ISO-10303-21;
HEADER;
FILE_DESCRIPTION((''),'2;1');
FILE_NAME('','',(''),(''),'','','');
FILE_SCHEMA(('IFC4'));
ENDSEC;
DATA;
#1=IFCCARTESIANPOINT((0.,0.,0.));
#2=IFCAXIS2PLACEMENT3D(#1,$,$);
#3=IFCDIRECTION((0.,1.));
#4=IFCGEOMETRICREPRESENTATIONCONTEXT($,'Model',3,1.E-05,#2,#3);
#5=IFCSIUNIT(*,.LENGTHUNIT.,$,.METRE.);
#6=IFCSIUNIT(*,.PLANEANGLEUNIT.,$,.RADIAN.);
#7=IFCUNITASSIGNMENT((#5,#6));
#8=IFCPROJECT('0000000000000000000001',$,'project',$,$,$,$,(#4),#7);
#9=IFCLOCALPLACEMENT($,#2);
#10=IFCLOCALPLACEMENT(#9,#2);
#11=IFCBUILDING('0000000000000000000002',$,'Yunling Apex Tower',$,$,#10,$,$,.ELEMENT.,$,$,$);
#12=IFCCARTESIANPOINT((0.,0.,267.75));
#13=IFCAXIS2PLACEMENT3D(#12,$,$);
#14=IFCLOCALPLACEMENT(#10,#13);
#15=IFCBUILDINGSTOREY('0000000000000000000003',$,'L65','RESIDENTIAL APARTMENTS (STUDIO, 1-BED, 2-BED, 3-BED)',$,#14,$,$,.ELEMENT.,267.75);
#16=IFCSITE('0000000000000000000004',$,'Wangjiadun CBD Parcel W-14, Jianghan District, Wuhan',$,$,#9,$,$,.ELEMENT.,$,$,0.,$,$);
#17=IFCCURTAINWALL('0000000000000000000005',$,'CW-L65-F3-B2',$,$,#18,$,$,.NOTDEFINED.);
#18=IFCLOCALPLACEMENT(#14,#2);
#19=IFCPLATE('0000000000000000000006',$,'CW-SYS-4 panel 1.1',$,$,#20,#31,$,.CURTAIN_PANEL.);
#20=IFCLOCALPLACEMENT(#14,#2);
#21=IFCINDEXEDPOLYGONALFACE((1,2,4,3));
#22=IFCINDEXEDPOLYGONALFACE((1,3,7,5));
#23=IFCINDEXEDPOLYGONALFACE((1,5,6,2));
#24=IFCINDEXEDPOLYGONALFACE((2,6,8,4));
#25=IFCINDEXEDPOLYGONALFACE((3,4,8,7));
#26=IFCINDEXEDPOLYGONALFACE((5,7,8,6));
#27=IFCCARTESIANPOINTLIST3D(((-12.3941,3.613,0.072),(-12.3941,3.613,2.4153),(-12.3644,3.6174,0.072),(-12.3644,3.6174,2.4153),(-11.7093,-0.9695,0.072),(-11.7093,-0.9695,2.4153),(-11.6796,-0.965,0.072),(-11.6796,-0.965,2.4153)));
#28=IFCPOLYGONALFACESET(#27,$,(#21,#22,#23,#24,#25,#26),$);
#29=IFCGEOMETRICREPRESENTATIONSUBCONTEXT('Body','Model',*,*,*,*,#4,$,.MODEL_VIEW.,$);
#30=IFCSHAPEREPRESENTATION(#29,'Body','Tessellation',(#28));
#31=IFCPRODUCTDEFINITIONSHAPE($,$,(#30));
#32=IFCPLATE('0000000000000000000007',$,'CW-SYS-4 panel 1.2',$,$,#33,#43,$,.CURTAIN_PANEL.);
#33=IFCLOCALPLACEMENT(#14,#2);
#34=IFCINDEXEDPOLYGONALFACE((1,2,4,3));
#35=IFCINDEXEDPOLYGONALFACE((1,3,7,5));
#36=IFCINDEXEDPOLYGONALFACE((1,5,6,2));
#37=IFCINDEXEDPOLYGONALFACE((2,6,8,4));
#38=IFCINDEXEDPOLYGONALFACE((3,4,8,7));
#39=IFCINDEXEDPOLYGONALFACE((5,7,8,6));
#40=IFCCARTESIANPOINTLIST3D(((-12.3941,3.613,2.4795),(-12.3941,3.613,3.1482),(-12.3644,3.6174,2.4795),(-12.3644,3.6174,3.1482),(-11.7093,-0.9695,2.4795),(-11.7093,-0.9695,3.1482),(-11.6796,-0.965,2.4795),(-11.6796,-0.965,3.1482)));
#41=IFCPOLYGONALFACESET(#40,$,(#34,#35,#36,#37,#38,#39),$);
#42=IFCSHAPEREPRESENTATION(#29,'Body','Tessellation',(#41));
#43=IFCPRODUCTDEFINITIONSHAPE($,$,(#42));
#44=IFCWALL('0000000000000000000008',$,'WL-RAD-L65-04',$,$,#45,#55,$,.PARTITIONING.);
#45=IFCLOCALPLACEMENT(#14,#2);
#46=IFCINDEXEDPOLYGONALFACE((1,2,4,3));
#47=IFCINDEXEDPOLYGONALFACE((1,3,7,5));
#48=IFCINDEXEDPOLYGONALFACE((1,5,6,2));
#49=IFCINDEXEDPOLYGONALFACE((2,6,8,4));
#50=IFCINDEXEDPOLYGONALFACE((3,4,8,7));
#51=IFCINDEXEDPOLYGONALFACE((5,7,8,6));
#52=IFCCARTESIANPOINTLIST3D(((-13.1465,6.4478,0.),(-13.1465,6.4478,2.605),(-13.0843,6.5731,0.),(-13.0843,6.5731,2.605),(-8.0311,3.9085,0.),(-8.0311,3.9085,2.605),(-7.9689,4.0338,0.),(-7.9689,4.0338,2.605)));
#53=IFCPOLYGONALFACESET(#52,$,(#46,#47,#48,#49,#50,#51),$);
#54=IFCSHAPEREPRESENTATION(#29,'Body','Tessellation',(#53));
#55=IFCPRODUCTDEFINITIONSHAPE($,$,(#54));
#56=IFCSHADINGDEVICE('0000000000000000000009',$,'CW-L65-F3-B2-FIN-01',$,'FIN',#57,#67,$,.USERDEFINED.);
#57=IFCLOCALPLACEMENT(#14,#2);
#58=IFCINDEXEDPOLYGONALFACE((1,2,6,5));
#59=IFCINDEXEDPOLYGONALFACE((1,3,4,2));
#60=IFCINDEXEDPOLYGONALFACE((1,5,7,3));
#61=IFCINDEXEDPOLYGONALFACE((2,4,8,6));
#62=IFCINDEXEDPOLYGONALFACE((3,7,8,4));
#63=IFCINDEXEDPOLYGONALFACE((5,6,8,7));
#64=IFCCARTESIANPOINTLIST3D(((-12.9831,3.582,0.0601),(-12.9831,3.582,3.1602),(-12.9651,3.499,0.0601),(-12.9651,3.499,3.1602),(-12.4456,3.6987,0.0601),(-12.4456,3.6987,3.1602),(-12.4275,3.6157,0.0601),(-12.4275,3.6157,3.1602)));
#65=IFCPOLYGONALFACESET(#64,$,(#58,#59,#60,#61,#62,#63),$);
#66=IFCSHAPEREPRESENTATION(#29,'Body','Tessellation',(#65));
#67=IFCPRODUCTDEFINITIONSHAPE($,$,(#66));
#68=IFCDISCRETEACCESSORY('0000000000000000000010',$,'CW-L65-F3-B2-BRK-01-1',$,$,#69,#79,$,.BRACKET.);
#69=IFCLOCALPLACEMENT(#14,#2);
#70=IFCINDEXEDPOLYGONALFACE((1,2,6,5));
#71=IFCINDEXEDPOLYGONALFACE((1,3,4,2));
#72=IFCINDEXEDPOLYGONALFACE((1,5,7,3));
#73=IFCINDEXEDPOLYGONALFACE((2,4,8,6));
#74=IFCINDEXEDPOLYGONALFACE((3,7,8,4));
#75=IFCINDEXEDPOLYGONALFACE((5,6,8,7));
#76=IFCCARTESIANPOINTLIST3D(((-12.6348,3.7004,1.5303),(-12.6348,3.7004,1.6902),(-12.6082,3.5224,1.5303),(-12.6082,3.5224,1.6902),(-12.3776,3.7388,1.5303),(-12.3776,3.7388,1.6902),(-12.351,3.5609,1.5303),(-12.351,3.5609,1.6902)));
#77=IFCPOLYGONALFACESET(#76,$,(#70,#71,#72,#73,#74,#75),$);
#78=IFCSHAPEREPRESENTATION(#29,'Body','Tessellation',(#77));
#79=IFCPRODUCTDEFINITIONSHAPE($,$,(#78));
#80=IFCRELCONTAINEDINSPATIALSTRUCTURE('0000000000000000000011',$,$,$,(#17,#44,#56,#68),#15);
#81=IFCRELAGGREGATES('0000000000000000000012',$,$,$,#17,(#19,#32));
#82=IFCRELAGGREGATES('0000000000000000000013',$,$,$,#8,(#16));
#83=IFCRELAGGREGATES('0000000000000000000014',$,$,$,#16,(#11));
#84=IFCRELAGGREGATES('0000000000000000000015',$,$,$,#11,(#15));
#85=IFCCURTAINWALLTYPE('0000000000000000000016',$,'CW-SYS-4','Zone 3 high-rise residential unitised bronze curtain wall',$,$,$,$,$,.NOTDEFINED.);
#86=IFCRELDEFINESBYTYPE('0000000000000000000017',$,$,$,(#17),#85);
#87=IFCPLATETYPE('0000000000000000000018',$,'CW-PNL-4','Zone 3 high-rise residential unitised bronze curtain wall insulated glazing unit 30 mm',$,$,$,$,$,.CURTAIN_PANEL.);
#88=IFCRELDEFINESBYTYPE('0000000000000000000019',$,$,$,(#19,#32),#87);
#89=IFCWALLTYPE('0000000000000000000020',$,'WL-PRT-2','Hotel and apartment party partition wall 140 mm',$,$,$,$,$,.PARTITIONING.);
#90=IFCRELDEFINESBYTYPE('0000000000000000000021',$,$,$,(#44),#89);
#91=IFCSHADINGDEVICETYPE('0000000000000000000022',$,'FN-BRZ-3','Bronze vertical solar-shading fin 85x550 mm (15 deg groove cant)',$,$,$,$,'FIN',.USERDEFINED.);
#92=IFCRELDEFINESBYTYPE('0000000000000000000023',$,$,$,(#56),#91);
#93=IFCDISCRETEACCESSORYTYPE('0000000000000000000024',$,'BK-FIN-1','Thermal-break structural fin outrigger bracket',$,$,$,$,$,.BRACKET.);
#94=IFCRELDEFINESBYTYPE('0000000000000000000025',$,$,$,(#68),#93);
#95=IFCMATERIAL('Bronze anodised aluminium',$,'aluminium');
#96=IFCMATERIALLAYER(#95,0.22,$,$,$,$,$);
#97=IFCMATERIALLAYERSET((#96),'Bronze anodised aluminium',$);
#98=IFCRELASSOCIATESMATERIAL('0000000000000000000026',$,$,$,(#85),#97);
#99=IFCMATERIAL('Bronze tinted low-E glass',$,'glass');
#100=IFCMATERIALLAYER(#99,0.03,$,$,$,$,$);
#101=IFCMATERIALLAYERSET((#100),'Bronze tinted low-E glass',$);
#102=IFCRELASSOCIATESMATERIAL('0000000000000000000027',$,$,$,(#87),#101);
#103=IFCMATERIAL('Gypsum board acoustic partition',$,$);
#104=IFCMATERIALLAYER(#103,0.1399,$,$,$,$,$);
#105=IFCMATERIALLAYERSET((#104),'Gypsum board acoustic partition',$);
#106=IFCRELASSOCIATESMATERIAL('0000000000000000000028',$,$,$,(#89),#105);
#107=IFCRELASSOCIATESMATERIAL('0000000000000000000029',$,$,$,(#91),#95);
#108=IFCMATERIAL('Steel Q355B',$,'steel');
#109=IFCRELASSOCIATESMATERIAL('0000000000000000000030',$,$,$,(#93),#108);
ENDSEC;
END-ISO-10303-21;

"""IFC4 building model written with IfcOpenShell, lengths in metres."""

from ifc_helpers import new_model, si_unit, direction, frame, frame_2d, origin, origin_2d, place, context, subcontext, project, spatial, rectangle, extrude, source, transform, mapped, material, layer, layer_set, material_profile, profile_set, type_object, element, aggregate, save


model = new_model("IFC4")

# Units and contexts
model_context = context("Model", 3, precision=1e-05, world=origin(), true_north=direction((0.0, 1.0)))
body_context = subcontext(model_context, "Body", "Model", "MODEL_VIEW")
ifc_project = project(units=[si_unit("LENGTHUNIT", "METRE"), si_unit("PLANEANGLEUNIT", "RADIAN")], contexts=[model_context])

# Site, building, storey
site_placement = place(None, origin())
site = spatial("IfcSite", under=ifc_project, at=site_placement, Name="Wangjiadun CBD Parcel W-14, Jianghan District, Wuhan", CompositionType="ELEMENT", RefElevation=0.0)
building_placement = place(site_placement, origin())
building = spatial("IfcBuilding", under=site, at=building_placement, Name="Yunling Apex Tower", CompositionType="ELEMENT")
storey_placement = place(building_placement, frame((0.0, 0.0, 267.75)))
storey = spatial("IfcBuildingStorey", under=building, at=storey_placement, Name="L65", Description="RESIDENTIAL APARTMENTS (STUDIO, 1-BED, 2-BED, 3-BED)", CompositionType="ELEMENT", Elevation=267.75)

# Shared definitions
ifc_material_1 = material(Name="Steel Q355B", Category="steel")

# Shared definitions
ifc_material_2 = material(Name="Bronze anodised aluminium", Category="aluminium")
ifc_layer_1 = layer(ifc_material_2, 0.22)
ifc_layer_set_1 = layer_set([ifc_layer_1], Name="Bronze anodised aluminium")
curtain_wall_type = type_object("IfcCurtainWallType", Name="CW-SYS-4", Description="Zone 3 high-rise residential unitised bronze curtain wall", PredefinedType="NOTDEFINED", material=ifc_layer_set_1)

# Curtain wall
curtain_wall_1_placement = place(storey_placement, origin())
curtain_wall_1 = element("IfcCurtainWall", 1, at=curtain_wall_1_placement, inside=storey, type_object=curtain_wall_type, Name="CW-L65-F3-B2", PredefinedType="NOTDEFINED")

# Plates
ifc_material_3 = material(Name="Bronze tinted low-E glass", Category="glass")
ifc_layer_2 = layer(ifc_material_3, 0.03)
ifc_layer_set_2 = layer_set([ifc_layer_2], Name="Bronze tinted low-E glass")
plate_type_1 = type_object("IfcPlateType", Name="CW-PNL-4", Description="Zone 3 high-rise residential unitised bronze curtain wall insulated glazing unit 30 mm", PredefinedType="CURTAIN_PANEL", material=ifc_layer_set_2)
shared_shape_1 = source(origin(), body_context, "Body", "SweptSolid", [
    extrude(rectangle(XDim=4.6333, YDim=0.03, at=origin_2d()), origin(), (0.0, 0.0, 1.0), 2.3433),
])
plate_1_placement = place(storey_placement, frame((-12.0369, 1.324, 0.072), z_axis=(0.0, 0.0, 1.0), x_axis=(0.147804, -0.989017, 0.0)))
plate_1 = element("IfcPlate", 2, at=plate_1_placement, type_object=plate_type_1, Name="CW-SYS-4 panel 1.1", PredefinedType="CURTAIN_PANEL", context=body_context, shape_type="MappedRepresentation", body=[
    mapped(shared_shape_1, transform((0.0, 0.0, 0.0), scale=1.0)),
])
shared_shape_2 = source(origin(), body_context, "Body", "SweptSolid", [
    extrude(rectangle(XDim=4.6333, YDim=0.03, at=origin_2d()), origin(), (0.0, 0.0, 1.0), 0.6687),
])
plate_2_placement = place(storey_placement, frame((-12.0369, 1.324, 2.4795), z_axis=(0.0, 0.0, 1.0), x_axis=(0.147804, -0.989017, 0.0)))
plate_2 = element("IfcPlate", 3, at=plate_2_placement, type_object=plate_type_1, Name="CW-SYS-4 panel 1.2", PredefinedType="CURTAIN_PANEL", context=body_context, shape_type="MappedRepresentation", body=[
    mapped(shared_shape_2, transform((0.0, 0.0, 0.0), scale=1.0)),
])
aggregate(curtain_wall_1, [plate_1, plate_2])

# Wall
ifc_material_4 = material(Name="Gypsum board acoustic partition")
ifc_layer_3 = layer(ifc_material_4, 0.1399)
ifc_layer_set_3 = layer_set([ifc_layer_3], Name="Gypsum board acoustic partition")
wall_type = type_object("IfcWallType", Name="WL-PRT-2", Description="Hotel and apartment party partition wall 140 mm", PredefinedType="PARTITIONING", material=ifc_layer_set_3)
wall_placement = place(storey_placement, frame((-8.0, 3.9712, 0.0), z_axis=(0.0, 0.0, 1.0), x_axis=(-0.895714, 0.44463, 0.0)))
element("IfcWall", 4, at=wall_placement, inside=storey, type_object=wall_type, Name="WL-RAD-L65-04", PredefinedType="PARTITIONING", context=body_context, shape_type="SweptSolid", body=[
    extrude(rectangle(XDim=5.7109, YDim=0.1399, at=frame_2d((2.8555, 0.0))), origin(), (0.0, 0.0, 1.0), 2.605),
])

# Shading device
ifc_material_profile_1 = material_profile(ifc_material_2, rectangle(XDim=0.085, YDim=0.55, at=origin_2d()))
ifc_profile_set_1 = profile_set([ifc_material_profile_1], Name="Bronze anodised aluminium")
shading_device_type = type_object("IfcShadingDeviceType", Name="FN-BRZ-3", Description="Bronze vertical solar-shading fin 85x550 mm (15 deg groove cant)", ElementType="FIN", PredefinedType="USERDEFINED", material=ifc_profile_set_1)
shared_shape_3 = source(origin(), body_context, "Body", "SweptSolid", [
    extrude(rectangle(XDim=0.085, YDim=0.55, at=origin_2d()), origin(), (0.0, 0.0, 1.0), 3.1001),
])
shading_device_placement = place(storey_placement, frame((-12.7053, 3.5989, 0.0601), z_axis=(0.0, 0.0, 1.0), x_axis=(0.212178, -0.977231, 0.0)))
element("IfcShadingDevice", 5, at=shading_device_placement, inside=storey, type_object=shading_device_type, Name="CW-L65-F3-B2-FIN-01", ObjectType="FIN", PredefinedType="USERDEFINED", context=body_context, shape_type="MappedRepresentation", body=[
    mapped(shared_shape_3, transform((0.0, 0.0, 0.0), scale=1.0)),
])

# Discrete accessory
discrete_accessory_type = type_object("IfcDiscreteAccessoryType", Name="BK-FIN-1", Description="Thermal-break structural fin outrigger bracket", PredefinedType="BRACKET", material=ifc_material_1)
shared_shape_4 = source(origin(), body_context, "Body", "SweptSolid", [
    extrude(rectangle(XDim=0.1799, YDim=0.26, at=origin_2d()), origin(), (0.0, 0.0, 1.0), 0.1599),
])
discrete_accessory_placement = place(storey_placement, frame((-12.4929, 3.6306, 1.5303), z_axis=(0.0, 0.0, 1.0), x_axis=(0.147809, -0.989016, 0.0)))
element("IfcDiscreteAccessory", 6, at=discrete_accessory_placement, inside=storey, type_object=discrete_accessory_type, Name="CW-L65-F3-B2-BRK-01-1", PredefinedType="BRACKET", context=body_context, shape_type="MappedRepresentation", body=[
    mapped(shared_shape_4, transform((0.0, 0.0, 0.0), scale=1.0)),
])

save(model, "model.ifc")
